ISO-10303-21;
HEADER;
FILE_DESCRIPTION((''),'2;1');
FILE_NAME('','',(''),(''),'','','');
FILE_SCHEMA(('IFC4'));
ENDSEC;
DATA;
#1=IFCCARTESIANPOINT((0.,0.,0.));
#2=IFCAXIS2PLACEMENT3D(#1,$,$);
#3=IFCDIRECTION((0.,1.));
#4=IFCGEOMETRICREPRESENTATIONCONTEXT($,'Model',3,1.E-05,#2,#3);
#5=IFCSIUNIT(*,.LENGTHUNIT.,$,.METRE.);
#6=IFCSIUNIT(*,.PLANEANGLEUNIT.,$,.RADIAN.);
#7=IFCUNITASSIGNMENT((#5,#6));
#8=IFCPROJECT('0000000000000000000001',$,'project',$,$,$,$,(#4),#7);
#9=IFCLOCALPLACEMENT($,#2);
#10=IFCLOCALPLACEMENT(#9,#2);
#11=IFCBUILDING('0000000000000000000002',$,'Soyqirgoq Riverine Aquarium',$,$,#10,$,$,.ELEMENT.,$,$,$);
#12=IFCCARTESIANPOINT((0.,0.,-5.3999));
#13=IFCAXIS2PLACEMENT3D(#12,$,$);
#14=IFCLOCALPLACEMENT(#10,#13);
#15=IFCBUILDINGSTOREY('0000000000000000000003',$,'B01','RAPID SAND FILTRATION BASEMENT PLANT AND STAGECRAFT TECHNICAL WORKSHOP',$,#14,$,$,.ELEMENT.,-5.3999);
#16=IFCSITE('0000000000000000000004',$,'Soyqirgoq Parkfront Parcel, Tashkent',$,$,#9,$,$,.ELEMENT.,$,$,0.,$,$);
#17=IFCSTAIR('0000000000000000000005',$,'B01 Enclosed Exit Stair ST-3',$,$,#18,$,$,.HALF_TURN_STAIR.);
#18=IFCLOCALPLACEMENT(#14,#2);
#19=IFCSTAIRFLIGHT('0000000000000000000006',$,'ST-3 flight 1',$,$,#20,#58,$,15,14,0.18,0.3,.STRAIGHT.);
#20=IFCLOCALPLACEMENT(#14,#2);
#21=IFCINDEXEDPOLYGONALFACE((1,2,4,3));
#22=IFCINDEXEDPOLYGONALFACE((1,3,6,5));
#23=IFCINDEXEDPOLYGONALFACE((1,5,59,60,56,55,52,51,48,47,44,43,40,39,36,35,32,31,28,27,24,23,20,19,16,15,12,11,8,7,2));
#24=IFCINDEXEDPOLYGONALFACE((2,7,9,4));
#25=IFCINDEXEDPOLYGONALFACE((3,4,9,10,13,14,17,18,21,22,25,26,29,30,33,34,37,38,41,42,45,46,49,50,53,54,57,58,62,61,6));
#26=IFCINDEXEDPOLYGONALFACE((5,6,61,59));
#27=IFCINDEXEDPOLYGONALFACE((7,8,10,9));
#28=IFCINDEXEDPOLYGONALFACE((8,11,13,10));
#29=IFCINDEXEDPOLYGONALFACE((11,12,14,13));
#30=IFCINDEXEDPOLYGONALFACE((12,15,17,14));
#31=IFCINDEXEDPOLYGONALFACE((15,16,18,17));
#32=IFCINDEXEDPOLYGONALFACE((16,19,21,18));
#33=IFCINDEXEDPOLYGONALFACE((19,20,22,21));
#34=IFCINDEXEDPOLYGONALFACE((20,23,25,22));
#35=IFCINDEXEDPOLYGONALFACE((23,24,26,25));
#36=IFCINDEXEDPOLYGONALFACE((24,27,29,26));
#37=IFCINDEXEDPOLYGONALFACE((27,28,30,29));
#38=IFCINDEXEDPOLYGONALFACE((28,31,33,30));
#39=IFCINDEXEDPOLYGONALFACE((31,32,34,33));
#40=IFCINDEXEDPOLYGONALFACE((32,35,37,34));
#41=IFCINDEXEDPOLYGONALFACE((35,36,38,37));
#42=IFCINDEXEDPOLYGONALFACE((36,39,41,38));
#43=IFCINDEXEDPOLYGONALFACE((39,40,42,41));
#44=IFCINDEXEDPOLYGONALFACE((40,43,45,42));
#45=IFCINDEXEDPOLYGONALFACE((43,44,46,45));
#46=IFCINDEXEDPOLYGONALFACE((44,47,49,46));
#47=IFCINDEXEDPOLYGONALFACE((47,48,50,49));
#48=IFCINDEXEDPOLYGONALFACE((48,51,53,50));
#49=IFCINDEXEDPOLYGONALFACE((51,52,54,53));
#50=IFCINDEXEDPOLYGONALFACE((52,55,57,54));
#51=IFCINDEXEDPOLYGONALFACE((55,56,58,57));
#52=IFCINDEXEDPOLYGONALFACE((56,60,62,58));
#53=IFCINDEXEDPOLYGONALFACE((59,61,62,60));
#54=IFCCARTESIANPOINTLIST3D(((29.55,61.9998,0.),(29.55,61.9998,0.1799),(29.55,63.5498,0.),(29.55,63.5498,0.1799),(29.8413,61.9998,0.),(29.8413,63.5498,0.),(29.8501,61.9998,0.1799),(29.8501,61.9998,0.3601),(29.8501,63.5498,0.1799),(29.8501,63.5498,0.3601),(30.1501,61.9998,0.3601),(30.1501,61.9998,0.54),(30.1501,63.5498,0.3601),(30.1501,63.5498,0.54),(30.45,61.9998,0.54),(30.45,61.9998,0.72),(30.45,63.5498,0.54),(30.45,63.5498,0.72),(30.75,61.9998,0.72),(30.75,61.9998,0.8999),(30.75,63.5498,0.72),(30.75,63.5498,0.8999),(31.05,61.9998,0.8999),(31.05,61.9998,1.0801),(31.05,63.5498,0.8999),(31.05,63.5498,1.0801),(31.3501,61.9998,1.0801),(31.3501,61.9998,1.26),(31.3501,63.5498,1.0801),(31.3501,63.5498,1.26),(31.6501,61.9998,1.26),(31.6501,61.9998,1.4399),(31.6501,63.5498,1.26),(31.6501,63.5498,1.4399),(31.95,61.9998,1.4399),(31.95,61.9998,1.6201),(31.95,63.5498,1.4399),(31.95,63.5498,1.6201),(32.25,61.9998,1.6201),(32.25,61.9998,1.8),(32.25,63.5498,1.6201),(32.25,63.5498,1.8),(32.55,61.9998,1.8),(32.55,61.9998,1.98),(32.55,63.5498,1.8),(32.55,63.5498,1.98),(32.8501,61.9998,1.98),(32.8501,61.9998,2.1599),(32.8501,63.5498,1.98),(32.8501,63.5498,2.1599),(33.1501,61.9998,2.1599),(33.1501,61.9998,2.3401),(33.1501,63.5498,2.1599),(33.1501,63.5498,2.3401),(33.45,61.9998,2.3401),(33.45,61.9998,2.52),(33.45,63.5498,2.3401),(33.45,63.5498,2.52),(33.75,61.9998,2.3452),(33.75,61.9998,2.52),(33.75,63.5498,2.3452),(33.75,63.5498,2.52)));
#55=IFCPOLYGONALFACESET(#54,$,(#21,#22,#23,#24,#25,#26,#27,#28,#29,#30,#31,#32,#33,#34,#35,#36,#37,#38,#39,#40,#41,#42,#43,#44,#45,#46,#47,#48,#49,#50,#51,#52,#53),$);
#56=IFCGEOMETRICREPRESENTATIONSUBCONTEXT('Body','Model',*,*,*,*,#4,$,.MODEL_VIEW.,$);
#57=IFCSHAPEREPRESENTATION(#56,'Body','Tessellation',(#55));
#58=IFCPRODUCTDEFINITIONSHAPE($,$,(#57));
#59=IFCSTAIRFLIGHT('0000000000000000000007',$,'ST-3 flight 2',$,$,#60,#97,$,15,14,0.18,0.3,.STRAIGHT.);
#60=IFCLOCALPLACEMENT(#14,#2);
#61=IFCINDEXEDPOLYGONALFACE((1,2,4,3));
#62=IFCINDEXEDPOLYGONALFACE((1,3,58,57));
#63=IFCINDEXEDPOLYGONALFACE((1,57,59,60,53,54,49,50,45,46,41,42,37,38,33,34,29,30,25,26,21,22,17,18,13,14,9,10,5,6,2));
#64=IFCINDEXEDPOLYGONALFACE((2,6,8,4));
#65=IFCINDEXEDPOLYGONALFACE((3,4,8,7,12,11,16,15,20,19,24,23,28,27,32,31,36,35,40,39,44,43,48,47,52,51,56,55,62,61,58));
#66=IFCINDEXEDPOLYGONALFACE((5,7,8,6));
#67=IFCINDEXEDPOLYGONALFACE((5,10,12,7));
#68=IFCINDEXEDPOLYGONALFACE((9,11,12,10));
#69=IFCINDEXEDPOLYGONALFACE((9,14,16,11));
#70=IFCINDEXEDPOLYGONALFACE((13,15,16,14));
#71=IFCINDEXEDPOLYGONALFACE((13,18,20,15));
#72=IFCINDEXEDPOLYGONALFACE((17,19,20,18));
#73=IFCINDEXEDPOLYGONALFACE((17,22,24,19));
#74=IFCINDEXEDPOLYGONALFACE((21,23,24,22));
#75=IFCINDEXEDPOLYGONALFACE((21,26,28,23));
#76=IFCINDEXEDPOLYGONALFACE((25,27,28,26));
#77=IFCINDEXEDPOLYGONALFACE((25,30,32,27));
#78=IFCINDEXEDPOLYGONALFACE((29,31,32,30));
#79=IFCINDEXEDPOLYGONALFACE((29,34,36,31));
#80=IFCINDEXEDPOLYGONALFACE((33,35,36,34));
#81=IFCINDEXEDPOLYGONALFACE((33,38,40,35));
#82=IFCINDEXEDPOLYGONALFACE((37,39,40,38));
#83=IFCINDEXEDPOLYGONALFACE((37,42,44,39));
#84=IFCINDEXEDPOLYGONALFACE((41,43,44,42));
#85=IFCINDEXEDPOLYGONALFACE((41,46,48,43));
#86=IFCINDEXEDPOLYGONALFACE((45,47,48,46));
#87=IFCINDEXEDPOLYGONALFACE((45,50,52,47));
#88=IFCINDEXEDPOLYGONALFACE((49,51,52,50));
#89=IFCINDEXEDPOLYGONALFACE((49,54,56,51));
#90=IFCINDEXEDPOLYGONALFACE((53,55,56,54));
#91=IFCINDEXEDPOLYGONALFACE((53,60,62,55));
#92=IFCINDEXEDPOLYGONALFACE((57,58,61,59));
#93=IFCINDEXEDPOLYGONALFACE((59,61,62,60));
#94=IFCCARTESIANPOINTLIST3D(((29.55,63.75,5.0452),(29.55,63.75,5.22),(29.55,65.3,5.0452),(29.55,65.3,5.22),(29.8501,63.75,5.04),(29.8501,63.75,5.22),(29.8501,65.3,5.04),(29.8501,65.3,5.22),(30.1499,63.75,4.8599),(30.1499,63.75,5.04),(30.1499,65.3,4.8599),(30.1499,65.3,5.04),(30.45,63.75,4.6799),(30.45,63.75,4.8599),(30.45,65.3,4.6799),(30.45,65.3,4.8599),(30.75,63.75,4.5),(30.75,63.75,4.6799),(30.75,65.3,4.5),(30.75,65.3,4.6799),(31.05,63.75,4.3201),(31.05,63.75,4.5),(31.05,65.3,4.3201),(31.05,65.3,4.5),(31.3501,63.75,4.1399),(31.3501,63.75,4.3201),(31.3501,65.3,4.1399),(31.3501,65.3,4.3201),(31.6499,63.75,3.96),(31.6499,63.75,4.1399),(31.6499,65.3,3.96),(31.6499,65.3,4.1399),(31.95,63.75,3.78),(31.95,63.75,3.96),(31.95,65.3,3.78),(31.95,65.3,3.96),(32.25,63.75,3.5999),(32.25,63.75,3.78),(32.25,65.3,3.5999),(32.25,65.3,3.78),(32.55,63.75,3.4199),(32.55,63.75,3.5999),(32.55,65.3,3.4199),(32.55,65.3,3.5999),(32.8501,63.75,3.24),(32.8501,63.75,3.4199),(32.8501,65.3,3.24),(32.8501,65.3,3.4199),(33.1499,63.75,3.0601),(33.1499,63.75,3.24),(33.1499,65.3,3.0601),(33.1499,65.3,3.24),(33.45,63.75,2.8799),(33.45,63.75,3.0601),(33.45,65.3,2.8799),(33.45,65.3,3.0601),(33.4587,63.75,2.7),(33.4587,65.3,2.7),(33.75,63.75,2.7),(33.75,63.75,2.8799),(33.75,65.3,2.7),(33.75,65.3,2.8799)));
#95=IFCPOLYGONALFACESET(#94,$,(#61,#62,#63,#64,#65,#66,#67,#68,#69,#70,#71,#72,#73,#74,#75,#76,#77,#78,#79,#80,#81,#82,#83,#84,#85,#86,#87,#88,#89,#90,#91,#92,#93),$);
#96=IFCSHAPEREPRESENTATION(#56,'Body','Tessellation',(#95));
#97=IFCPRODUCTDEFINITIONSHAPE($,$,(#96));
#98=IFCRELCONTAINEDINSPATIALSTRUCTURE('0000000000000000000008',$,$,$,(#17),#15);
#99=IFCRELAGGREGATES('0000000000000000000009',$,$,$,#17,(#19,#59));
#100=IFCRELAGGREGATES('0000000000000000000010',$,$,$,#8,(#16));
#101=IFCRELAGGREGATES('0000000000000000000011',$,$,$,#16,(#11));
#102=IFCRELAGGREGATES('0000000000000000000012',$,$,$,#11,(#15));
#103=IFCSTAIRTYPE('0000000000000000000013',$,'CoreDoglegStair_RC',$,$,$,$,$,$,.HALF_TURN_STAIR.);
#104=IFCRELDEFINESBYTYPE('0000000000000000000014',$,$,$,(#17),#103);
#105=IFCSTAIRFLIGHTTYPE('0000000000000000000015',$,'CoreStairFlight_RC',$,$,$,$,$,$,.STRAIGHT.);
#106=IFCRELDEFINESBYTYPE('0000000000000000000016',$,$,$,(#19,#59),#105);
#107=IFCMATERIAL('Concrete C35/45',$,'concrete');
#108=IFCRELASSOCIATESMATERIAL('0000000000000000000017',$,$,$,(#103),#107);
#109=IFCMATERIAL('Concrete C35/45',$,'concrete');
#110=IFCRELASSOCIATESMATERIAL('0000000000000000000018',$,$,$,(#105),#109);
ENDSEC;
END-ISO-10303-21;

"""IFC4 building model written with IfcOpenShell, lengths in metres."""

from ifc_helpers import new_model, si_unit, direction, frame, origin, place, context, subcontext, project, spatial, polyline, outline, extrude, material, type_object, element, aggregate, save


model = new_model("IFC4")

# Units and contexts
model_context = context("Model", 3, precision=1e-05, world=origin(), true_north=direction((0.0, 1.0)))
body_context = subcontext(model_context, "Body", "Model", "MODEL_VIEW")
ifc_project = project(units=[si_unit("LENGTHUNIT", "METRE"), si_unit("PLANEANGLEUNIT", "RADIAN")], contexts=[model_context])

# Site, building, storey
site_placement = place(None, origin())
site = spatial("IfcSite", under=ifc_project, at=site_placement, Name="Soyqirgoq Parkfront Parcel, Tashkent", CompositionType="ELEMENT", RefElevation=0.0)
building_placement = place(site_placement, origin())
building = spatial("IfcBuilding", under=site, at=building_placement, Name="Soyqirgoq Riverine Aquarium", CompositionType="ELEMENT")
storey_placement = place(building_placement, frame((0.0, 0.0, -5.3999)))
storey = spatial("IfcBuildingStorey", under=building, at=storey_placement, Name="B01", Description="RAPID SAND FILTRATION BASEMENT PLANT AND STAGECRAFT TECHNICAL WORKSHOP", CompositionType="ELEMENT", Elevation=-5.3999)

# Stair, stair flights
ifc_material_1 = material(Name="Concrete C35/45", Category="concrete")
stair_type = type_object("IfcStairType", Name="CoreDoglegStair_RC", PredefinedType="HALF_TURN_STAIR", material=ifc_material_1)
stair_placement = place(storey_placement, origin())
stair = element("IfcStair", 1, at=stair_placement, inside=storey, type_object=stair_type, Name="B01 Enclosed Exit Stair ST-3", PredefinedType="HALF_TURN_STAIR")
ifc_material_2 = material(Name="Concrete C35/45", Category="concrete")
stair_flight_type = type_object("IfcStairFlightType", Name="CoreStairFlight_RC", PredefinedType="STRAIGHT", material=ifc_material_2)
stair_flight_1_placement = place(storey_placement, frame((29.55, 62.7749, 0.0), z_axis=(0.0, 0.0, 1.0), x_axis=(1.0, 0.0, 0.0)))
stair_flight_1 = element("IfcStairFlight", 2, at=stair_flight_1_placement, type_object=stair_flight_type, Name="ST-3 flight 1", NumberOfRisers=15, NumberOfTreads=14, PredefinedType="STRAIGHT", RiserHeight=0.18, TreadLength=0.3, context=body_context, shape_type="SweptSolid", body=[
    extrude(outline(polyline([(0.0, 0.0), (0.0, 0.1799), (0.3, 0.1799), (0.3, 0.3601), (0.6001, 0.3601), (0.6001, 0.54), (0.8999, 0.54), (0.8999, 0.72), (1.2, 0.72), (1.2, 0.8999), (1.5, 0.8999), (1.5, 1.0801), (1.8, 1.0801), (1.8, 1.26), (2.1001, 1.26), (2.1001, 1.4399), (2.3999, 1.4399), (2.3999, 1.6201), (2.7, 1.6201), (2.7, 1.8), (3.0, 1.8), (3.0, 1.98), (3.3, 1.98), (3.3, 2.1599), (3.6001, 2.1599), (3.6001, 2.3401), (3.8999, 2.3401), (3.8999, 2.52), (4.2, 2.52), (4.2, 2.7), (4.2, 2.3452), (0.2913, 0.0), (0.0, 0.0)])), frame((0.0, 0.7749, 0.0), z_axis=(0.0, -1.0, 0.0), x_axis=(1.0, 0.0, 0.0)), (0.0, 0.0, 1.0), 1.55),
])
stair_flight_2_placement = place(storey_placement, frame((33.75, 64.5249, 2.7), z_axis=(0.0, 0.0, 1.0), x_axis=(-1.0, 0.0, 0.0)))
stair_flight_2 = element("IfcStairFlight", 3, at=stair_flight_2_placement, type_object=stair_flight_type, Name="ST-3 flight 2", NumberOfRisers=15, NumberOfTreads=14, PredefinedType="STRAIGHT", RiserHeight=0.18, TreadLength=0.3, context=body_context, shape_type="SweptSolid", body=[
    extrude(outline(polyline([(0.0, 0.0), (0.0, 0.1799), (0.3, 0.1799), (0.3, 0.3601), (0.6001, 0.3601), (0.6001, 0.54), (0.8999, 0.54), (0.8999, 0.72), (1.2, 0.72), (1.2, 0.8999), (1.5, 0.8999), (1.5, 1.0801), (1.8, 1.0801), (1.8, 1.26), (2.1001, 1.26), (2.1001, 1.4399), (2.3999, 1.4399), (2.3999, 1.6201), (2.7, 1.6201), (2.7, 1.8), (3.0, 1.8), (3.0, 1.98), (3.3, 1.98), (3.3, 2.1599), (3.6001, 2.1599), (3.6001, 2.3401), (3.8999, 2.3401), (3.8999, 2.52), (4.2, 2.52), (4.2, 2.7), (4.2, 2.3452), (0.2913, 0.0), (0.0, 0.0)])), frame((0.0, 0.7749, 0.0), z_axis=(0.0, -1.0, 0.0), x_axis=(1.0, 0.0, 0.0)), (0.0, 0.0, 1.0), 1.55),
])
aggregate(stair, [stair_flight_1, stair_flight_2])

save(model, "model.ifc")
